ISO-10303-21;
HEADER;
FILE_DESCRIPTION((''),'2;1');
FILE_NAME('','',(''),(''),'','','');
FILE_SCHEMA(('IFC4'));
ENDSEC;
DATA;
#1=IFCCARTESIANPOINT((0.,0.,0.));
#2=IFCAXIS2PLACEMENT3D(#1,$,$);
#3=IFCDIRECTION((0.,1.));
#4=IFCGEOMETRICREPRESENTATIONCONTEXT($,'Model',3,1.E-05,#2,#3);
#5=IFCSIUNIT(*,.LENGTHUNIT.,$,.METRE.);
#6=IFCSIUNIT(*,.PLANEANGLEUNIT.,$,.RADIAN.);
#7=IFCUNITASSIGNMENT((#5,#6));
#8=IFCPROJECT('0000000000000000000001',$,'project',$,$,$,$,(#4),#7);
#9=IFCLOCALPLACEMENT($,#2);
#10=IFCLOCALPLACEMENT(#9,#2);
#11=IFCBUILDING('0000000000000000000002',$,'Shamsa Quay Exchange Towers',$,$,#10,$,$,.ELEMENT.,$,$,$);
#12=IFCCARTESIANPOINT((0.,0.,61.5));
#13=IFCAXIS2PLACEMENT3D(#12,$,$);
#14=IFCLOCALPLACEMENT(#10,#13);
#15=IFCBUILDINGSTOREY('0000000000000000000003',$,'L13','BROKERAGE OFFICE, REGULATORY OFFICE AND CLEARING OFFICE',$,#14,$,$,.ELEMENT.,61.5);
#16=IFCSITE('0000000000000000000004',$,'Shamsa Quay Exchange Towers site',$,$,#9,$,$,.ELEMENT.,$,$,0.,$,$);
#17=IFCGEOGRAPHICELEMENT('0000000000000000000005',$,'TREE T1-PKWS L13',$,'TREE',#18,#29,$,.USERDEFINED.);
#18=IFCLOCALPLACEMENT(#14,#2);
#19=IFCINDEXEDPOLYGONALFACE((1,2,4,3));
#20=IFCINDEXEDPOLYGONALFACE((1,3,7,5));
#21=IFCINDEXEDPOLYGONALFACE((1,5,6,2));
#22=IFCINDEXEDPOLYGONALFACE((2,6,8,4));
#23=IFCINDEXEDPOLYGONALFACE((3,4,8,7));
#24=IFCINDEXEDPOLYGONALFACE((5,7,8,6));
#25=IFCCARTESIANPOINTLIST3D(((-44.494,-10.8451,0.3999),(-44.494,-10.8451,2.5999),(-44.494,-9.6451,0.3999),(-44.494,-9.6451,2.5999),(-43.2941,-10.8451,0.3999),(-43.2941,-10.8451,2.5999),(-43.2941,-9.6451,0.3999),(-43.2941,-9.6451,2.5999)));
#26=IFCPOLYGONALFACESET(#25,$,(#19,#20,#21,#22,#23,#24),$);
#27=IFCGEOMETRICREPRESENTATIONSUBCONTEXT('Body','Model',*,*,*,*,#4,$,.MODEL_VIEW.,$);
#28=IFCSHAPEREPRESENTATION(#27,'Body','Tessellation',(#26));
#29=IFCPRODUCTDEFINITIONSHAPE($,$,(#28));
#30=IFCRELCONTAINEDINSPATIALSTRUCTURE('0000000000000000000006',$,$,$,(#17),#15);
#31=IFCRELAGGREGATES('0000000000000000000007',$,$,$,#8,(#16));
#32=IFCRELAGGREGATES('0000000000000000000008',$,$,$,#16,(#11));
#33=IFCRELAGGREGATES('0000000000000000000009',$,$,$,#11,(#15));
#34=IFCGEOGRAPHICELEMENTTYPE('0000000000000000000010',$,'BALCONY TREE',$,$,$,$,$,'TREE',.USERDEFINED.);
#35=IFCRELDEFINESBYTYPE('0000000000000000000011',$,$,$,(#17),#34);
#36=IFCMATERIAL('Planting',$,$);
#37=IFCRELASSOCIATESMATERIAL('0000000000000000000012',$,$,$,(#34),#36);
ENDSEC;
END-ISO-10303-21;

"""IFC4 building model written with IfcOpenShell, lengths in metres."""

from ifc_helpers import new_model, si_unit, direction, frame, origin, origin_2d, place, context, subcontext, project, spatial, rectangle, extrude, material, type_object, element, save


model = new_model("IFC4")

# Units and contexts
model_context = context("Model", 3, precision=1e-05, world=origin(), true_north=direction((0.0, 1.0)))
body_context = subcontext(model_context, "Body", "Model", "MODEL_VIEW")
ifc_project = project(units=[si_unit("LENGTHUNIT", "METRE"), si_unit("PLANEANGLEUNIT", "RADIAN")], contexts=[model_context])

# Site, building, storey
site_placement = place(None, origin())
site = spatial("IfcSite", under=ifc_project, at=site_placement, Name="Shamsa Quay Exchange Towers site", CompositionType="ELEMENT", RefElevation=0.0)
building_placement = place(site_placement, origin())
building = spatial("IfcBuilding", under=site, at=building_placement, Name="Shamsa Quay Exchange Towers", CompositionType="ELEMENT")
storey_placement = place(building_placement, frame((0.0, 0.0, 61.5)))
storey = spatial("IfcBuildingStorey", under=building, at=storey_placement, Name="L13", Description="BROKERAGE OFFICE, REGULATORY OFFICE AND CLEARING OFFICE", CompositionType="ELEMENT", Elevation=61.5)

# Geographic element
ifc_material_1 = material(Name="Planting")
geographic_element_type = type_object("IfcGeographicElementType", Name="BALCONY TREE", ElementType="TREE", PredefinedType="USERDEFINED", material=ifc_material_1)
geographic_element_placement = place(storey_placement, frame((-43.894, -10.2451, 0.3999)))
element("IfcGeographicElement", 1, at=geographic_element_placement, inside=storey, type_object=geographic_element_type, Name="TREE T1-PKWS L13", ObjectType="TREE", PredefinedType="USERDEFINED", context=body_context, shape_type="SweptSolid", body=[
    extrude(rectangle(XDim=1.2, YDim=1.2, at=origin_2d()), origin(), (0.0, 0.0, 1.0), 2.2),
])

save(model, "model.ifc")
